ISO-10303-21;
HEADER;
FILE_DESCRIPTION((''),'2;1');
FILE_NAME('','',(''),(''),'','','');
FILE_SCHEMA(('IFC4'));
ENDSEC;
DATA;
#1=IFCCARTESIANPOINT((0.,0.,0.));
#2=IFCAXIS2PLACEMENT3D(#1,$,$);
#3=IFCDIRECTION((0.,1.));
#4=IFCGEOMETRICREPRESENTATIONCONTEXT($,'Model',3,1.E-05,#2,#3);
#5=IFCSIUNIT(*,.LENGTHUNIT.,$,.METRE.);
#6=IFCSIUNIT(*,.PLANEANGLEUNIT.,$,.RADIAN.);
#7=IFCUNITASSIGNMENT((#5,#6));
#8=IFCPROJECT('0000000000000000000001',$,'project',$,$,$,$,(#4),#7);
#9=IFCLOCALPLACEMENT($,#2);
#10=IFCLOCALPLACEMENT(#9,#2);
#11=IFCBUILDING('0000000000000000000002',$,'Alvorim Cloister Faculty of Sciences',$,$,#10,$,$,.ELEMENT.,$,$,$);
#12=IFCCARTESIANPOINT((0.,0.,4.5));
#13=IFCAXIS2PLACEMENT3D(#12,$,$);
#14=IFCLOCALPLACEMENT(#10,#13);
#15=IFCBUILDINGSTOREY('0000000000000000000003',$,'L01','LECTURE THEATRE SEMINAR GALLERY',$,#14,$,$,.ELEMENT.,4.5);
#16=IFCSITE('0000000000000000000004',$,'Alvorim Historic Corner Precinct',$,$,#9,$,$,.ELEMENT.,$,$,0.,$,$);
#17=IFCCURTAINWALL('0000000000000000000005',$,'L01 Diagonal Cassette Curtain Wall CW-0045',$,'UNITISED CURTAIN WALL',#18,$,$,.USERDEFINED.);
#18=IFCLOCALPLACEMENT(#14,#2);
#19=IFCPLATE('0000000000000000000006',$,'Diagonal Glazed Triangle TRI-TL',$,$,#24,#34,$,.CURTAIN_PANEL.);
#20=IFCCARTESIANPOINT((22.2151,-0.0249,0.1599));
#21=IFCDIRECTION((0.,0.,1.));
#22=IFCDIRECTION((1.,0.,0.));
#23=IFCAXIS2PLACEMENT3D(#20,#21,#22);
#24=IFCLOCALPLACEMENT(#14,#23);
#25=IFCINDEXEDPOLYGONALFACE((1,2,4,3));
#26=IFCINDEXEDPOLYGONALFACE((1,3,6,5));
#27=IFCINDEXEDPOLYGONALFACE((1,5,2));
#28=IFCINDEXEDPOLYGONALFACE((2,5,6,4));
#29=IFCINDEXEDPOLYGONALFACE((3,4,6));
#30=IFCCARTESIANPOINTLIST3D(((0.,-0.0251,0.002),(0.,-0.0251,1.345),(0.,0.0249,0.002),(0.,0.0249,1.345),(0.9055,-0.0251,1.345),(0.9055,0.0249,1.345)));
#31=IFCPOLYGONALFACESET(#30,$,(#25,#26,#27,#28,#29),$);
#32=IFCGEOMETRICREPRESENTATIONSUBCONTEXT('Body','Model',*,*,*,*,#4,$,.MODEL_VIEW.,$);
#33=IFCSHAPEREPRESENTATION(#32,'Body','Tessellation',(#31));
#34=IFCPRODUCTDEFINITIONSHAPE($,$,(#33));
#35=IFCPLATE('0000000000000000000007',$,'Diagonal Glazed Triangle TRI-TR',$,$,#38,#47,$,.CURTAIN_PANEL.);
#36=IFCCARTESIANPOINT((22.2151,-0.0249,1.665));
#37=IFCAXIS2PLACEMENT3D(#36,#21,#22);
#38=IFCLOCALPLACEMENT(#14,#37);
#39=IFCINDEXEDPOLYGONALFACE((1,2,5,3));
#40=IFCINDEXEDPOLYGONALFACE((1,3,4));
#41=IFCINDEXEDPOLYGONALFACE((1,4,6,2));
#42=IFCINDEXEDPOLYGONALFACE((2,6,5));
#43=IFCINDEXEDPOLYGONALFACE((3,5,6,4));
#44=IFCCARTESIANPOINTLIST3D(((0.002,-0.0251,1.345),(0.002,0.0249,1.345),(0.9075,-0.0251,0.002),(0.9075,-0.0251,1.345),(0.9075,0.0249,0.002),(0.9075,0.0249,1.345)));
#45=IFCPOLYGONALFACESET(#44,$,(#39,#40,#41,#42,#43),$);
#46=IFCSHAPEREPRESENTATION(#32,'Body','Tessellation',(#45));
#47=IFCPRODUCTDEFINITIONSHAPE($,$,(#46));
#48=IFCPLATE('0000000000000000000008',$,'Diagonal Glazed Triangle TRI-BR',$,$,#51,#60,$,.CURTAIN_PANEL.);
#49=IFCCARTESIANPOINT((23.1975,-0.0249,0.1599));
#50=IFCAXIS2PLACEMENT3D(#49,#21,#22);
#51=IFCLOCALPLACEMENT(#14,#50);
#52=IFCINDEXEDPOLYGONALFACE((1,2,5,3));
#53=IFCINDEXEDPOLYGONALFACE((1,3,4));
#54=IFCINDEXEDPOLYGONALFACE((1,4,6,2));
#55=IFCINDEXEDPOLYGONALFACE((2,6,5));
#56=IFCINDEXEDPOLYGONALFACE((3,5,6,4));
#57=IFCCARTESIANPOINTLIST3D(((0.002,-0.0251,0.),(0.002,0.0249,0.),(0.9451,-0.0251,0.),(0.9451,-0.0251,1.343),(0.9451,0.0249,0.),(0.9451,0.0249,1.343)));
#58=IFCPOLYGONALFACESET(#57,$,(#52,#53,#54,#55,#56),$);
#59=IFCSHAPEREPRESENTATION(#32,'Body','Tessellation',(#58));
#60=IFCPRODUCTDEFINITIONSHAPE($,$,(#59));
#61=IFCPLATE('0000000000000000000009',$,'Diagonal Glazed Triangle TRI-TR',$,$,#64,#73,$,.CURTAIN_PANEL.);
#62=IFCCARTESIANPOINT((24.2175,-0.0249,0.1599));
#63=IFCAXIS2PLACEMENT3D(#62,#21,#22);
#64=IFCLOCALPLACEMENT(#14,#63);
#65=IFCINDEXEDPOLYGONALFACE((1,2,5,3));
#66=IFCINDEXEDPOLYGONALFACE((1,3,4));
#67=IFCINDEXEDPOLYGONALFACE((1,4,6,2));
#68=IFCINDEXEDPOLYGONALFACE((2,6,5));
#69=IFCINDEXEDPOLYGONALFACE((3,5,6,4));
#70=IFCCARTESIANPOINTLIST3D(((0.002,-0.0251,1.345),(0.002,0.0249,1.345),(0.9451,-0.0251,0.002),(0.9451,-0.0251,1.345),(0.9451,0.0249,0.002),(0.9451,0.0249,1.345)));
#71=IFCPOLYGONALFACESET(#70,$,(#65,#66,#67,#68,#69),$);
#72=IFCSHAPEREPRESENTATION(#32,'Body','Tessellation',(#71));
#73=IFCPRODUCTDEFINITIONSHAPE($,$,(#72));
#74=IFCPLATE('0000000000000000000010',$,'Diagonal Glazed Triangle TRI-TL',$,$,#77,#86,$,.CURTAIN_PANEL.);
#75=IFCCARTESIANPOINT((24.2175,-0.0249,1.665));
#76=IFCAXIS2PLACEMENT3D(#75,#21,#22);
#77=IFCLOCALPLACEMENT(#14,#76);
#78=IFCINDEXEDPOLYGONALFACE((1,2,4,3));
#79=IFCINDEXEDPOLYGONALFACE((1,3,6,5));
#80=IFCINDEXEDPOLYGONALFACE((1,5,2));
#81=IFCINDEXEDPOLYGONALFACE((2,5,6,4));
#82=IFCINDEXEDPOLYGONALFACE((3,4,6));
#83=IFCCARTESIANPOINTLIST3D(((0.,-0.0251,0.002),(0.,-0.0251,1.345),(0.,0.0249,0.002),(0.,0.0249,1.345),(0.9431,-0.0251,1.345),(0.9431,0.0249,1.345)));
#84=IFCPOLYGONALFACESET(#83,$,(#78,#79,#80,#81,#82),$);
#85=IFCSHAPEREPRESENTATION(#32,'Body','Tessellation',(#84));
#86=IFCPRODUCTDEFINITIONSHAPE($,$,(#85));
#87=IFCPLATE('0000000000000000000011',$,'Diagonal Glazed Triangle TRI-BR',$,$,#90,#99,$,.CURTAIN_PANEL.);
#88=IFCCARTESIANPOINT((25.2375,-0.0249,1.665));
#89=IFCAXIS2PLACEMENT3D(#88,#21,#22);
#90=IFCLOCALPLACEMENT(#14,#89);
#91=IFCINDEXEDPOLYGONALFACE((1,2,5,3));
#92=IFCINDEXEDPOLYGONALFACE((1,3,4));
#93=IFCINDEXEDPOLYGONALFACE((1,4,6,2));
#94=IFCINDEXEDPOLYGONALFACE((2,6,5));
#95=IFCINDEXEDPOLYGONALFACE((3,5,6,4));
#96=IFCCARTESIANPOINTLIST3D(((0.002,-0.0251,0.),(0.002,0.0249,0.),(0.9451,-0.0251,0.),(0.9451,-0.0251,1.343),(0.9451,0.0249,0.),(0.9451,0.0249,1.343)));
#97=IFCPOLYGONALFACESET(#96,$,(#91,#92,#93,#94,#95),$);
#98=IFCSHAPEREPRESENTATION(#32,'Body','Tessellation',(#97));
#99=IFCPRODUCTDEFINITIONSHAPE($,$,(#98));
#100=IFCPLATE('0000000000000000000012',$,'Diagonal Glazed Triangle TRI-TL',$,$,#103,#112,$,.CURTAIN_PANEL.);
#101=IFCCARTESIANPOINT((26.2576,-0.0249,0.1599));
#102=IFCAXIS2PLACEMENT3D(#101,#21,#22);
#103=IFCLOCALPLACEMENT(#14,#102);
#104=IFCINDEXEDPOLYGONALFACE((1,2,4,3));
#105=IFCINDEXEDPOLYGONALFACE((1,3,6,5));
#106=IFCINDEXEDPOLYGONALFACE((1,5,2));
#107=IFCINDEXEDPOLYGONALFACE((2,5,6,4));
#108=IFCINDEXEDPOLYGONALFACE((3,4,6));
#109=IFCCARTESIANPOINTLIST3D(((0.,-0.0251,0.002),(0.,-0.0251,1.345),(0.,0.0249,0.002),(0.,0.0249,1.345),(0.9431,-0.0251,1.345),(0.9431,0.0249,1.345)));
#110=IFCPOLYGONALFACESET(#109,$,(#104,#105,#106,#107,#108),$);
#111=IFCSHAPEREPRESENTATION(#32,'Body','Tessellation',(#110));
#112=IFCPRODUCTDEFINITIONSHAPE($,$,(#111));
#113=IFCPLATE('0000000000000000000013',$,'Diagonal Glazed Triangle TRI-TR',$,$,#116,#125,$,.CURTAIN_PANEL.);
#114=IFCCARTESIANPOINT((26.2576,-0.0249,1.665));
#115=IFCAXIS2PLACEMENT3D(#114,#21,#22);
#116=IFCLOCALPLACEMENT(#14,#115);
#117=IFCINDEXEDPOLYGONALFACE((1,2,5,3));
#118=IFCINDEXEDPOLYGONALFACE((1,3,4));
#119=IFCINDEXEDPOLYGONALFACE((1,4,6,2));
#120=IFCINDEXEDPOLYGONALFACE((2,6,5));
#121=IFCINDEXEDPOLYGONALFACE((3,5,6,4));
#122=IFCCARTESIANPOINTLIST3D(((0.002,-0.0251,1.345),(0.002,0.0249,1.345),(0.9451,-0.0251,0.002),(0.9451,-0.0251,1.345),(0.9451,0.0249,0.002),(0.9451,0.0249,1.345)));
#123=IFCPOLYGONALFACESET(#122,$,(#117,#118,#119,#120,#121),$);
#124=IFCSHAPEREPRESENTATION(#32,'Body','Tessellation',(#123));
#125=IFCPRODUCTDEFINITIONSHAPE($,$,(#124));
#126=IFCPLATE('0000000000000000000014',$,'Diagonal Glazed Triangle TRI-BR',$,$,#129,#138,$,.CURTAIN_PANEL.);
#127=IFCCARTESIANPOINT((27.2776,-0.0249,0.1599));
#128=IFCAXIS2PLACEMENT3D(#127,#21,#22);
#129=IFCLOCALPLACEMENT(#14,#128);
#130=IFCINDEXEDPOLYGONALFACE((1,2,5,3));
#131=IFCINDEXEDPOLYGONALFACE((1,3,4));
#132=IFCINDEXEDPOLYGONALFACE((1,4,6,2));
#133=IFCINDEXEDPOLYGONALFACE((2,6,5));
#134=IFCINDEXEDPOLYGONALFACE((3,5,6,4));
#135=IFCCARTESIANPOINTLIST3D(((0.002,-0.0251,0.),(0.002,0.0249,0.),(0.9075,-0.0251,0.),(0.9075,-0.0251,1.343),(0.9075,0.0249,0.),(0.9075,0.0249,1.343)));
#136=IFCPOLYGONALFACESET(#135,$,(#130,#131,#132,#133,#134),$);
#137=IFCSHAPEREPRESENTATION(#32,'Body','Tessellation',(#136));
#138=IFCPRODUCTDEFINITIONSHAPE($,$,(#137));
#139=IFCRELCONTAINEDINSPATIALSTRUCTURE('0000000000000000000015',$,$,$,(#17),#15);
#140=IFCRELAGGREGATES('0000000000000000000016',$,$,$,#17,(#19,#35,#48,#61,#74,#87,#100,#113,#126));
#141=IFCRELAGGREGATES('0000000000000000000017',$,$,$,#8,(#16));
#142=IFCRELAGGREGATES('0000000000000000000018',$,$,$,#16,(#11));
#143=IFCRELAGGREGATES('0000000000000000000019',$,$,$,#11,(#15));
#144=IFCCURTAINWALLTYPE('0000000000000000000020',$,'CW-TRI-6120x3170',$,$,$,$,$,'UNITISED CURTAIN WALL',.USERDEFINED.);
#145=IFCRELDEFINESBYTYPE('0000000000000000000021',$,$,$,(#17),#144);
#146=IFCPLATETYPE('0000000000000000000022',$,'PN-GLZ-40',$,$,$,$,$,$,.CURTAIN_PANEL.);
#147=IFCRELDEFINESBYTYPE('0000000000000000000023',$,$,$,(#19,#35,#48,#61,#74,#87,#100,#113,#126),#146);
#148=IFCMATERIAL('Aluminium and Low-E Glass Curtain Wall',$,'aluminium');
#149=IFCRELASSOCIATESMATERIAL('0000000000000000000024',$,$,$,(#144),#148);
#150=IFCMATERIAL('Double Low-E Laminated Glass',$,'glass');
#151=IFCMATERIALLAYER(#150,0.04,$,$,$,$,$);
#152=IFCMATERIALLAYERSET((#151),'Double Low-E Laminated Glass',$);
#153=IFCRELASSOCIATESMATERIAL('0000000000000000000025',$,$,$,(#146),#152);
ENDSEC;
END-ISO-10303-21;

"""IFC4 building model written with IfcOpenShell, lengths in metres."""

from ifc_helpers import new_model, si_unit, direction, frame, origin, place, context, subcontext, project, spatial, polyline, outline, extrude, material, layer, layer_set, type_object, element, aggregate, save


model = new_model("IFC4")

# Units and contexts
model_context = context("Model", 3, precision=1e-05, world=origin(), true_north=direction((0.0, 1.0)))
body_context = subcontext(model_context, "Body", "Model", "MODEL_VIEW")
ifc_project = project(units=[si_unit("LENGTHUNIT", "METRE"), si_unit("PLANEANGLEUNIT", "RADIAN")], contexts=[model_context])

# Site, building, storey
site_placement = place(None, origin())
site = spatial("IfcSite", under=ifc_project, at=site_placement, Name="Alvorim Historic Corner Precinct", CompositionType="ELEMENT", RefElevation=0.0)
building_placement = place(site_placement, origin())
building = spatial("IfcBuilding", under=site, at=building_placement, Name="Alvorim Cloister Faculty of Sciences", CompositionType="ELEMENT")
storey_placement = place(building_placement, frame((0.0, 0.0, 4.5)))
storey = spatial("IfcBuildingStorey", under=building, at=storey_placement, Name="L01", Description="LECTURE THEATRE SEMINAR GALLERY", CompositionType="ELEMENT", Elevation=4.5)

# Curtain wall, plates
ifc_material_1 = material(Name="Aluminium and Low-E Glass Curtain Wall", Category="aluminium")
curtain_wall_type = type_object("IfcCurtainWallType", Name="CW-TRI-6120x3170", ElementType="UNITISED CURTAIN WALL", PredefinedType="USERDEFINED", material=ifc_material_1)
curtain_wall_placement = place(storey_placement, origin())
curtain_wall = element("IfcCurtainWall", 1, at=curtain_wall_placement, inside=storey, type_object=curtain_wall_type, Name="L01 Diagonal Cassette Curtain Wall CW-0045", ObjectType="UNITISED CURTAIN WALL", PredefinedType="USERDEFINED")
ifc_material_2 = material(Name="Double Low-E Laminated Glass", Category="glass")
ifc_layer_1 = layer(ifc_material_2, 0.04)
ifc_layer_set_1 = layer_set([ifc_layer_1], Name="Double Low-E Laminated Glass")
plate_type = type_object("IfcPlateType", Name="PN-GLZ-40", PredefinedType="CURTAIN_PANEL", material=ifc_layer_set_1)
plate_1_placement = place(storey_placement, frame((22.2151, -0.0249, 0.1599), z_axis=(0.0, 0.0, 1.0), x_axis=(1.0, 0.0, 0.0)))
plate_1 = element("IfcPlate", 2, at=plate_1_placement, type_object=plate_type, Name="Diagonal Glazed Triangle TRI-TL", PredefinedType="CURTAIN_PANEL", context=body_context, shape_type="SweptSolid", body=[
    extrude(outline(polyline([(0.9055, 1.345), (0.0, 1.345), (0.0, 0.002), (0.9055, 1.345)])), frame((0.0, 0.0249, 0.0), z_axis=(0.0, -1.0, 0.0), x_axis=(1.0, 0.0, 0.0)), (0.0, 0.0, 1.0), 0.05),
])
plate_2_placement = place(storey_placement, frame((22.2151, -0.0249, 1.665), z_axis=(0.0, 0.0, 1.0), x_axis=(1.0, 0.0, 0.0)))
plate_2 = element("IfcPlate", 3, at=plate_2_placement, type_object=plate_type, Name="Diagonal Glazed Triangle TRI-TR", PredefinedType="CURTAIN_PANEL", context=body_context, shape_type="SweptSolid", body=[
    extrude(outline(polyline([(0.9075, 0.002), (0.9075, 1.345), (0.002, 1.345), (0.9075, 0.002)])), frame((0.0, 0.0249, 0.0), z_axis=(0.0, -1.0, 0.0), x_axis=(1.0, 0.0, 0.0)), (0.0, 0.0, 1.0), 0.05),
])
plate_3_placement = place(storey_placement, frame((23.1975, -0.0249, 0.1599), z_axis=(0.0, 0.0, 1.0), x_axis=(1.0, 0.0, 0.0)))
plate_3 = element("IfcPlate", 4, at=plate_3_placement, type_object=plate_type, Name="Diagonal Glazed Triangle TRI-BR", PredefinedType="CURTAIN_PANEL", context=body_context, shape_type="SweptSolid", body=[
    extrude(outline(polyline([(0.002, 0.0), (0.9451, 0.0), (0.9451, 1.343), (0.002, 0.0)])), frame((0.0, 0.0249, 0.0), z_axis=(0.0, -1.0, 0.0), x_axis=(1.0, 0.0, 0.0)), (0.0, 0.0, 1.0), 0.05),
])
plate_4_placement = place(storey_placement, frame((24.2175, -0.0249, 0.1599), z_axis=(0.0, 0.0, 1.0), x_axis=(1.0, 0.0, 0.0)))
plate_4 = element("IfcPlate", 5, at=plate_4_placement, type_object=plate_type, Name="Diagonal Glazed Triangle TRI-TR", PredefinedType="CURTAIN_PANEL", context=body_context, shape_type="SweptSolid", body=[
    extrude(outline(polyline([(0.9451, 0.002), (0.9451, 1.345), (0.002, 1.345), (0.9451, 0.002)])), frame((0.0, 0.0249, 0.0), z_axis=(0.0, -1.0, 0.0), x_axis=(1.0, 0.0, 0.0)), (0.0, 0.0, 1.0), 0.05),
])
plate_5_placement = place(storey_placement, frame((24.2175, -0.0249, 1.665), z_axis=(0.0, 0.0, 1.0), x_axis=(1.0, 0.0, 0.0)))
plate_5 = element("IfcPlate", 6, at=plate_5_placement, type_object=plate_type, Name="Diagonal Glazed Triangle TRI-TL", PredefinedType="CURTAIN_PANEL", context=body_context, shape_type="SweptSolid", body=[
    extrude(outline(polyline([(0.9431, 1.345), (0.0, 1.345), (0.0, 0.002), (0.9431, 1.345)])), frame((0.0, 0.0249, 0.0), z_axis=(0.0, -1.0, 0.0), x_axis=(1.0, 0.0, 0.0)), (0.0, 0.0, 1.0), 0.05),
])
plate_6_placement = place(storey_placement, frame((25.2375, -0.0249, 1.665), z_axis=(0.0, 0.0, 1.0), x_axis=(1.0, 0.0, 0.0)))
plate_6 = element("IfcPlate", 7, at=plate_6_placement, type_object=plate_type, Name="Diagonal Glazed Triangle TRI-BR", PredefinedType="CURTAIN_PANEL", context=body_context, shape_type="SweptSolid", body=[
    extrude(outline(polyline([(0.002, 0.0), (0.9451, 0.0), (0.9451, 1.343), (0.002, 0.0)])), frame((0.0, 0.0249, 0.0), z_axis=(0.0, -1.0, 0.0), x_axis=(1.0, 0.0, 0.0)), (0.0, 0.0, 1.0), 0.05),
])
plate_7_placement = place(storey_placement, frame((26.2576, -0.0249, 0.1599), z_axis=(0.0, 0.0, 1.0), x_axis=(1.0, 0.0, 0.0)))
plate_7 = element("IfcPlate", 8, at=plate_7_placement, type_object=plate_type, Name="Diagonal Glazed Triangle TRI-TL", PredefinedType="CURTAIN_PANEL", context=body_context, shape_type="SweptSolid", body=[
    extrude(outline(polyline([(0.9431, 1.345), (0.0, 1.345), (0.0, 0.002), (0.9431, 1.345)])), frame((0.0, 0.0249, 0.0), z_axis=(0.0, -1.0, 0.0), x_axis=(1.0, 0.0, 0.0)), (0.0, 0.0, 1.0), 0.05),
])
plate_8_placement = place(storey_placement, frame((26.2576, -0.0249, 1.665), z_axis=(0.0, 0.0, 1.0), x_axis=(1.0, 0.0, 0.0)))
plate_8 = element("IfcPlate", 9, at=plate_8_placement, type_object=plate_type, Name="Diagonal Glazed Triangle TRI-TR", PredefinedType="CURTAIN_PANEL", context=body_context, shape_type="SweptSolid", body=[
    extrude(outline(polyline([(0.9451, 0.002), (0.9451, 1.345), (0.002, 1.345), (0.9451, 0.002)])), frame((0.0, 0.0249, 0.0), z_axis=(0.0, -1.0, 0.0), x_axis=(1.0, 0.0, 0.0)), (0.0, 0.0, 1.0), 0.05),
])
plate_9_placement = place(storey_placement, frame((27.2776, -0.0249, 0.1599), z_axis=(0.0, 0.0, 1.0), x_axis=(1.0, 0.0, 0.0)))
plate_9 = element("IfcPlate", 10, at=plate_9_placement, type_object=plate_type, Name="Diagonal Glazed Triangle TRI-BR", PredefinedType="CURTAIN_PANEL", context=body_context, shape_type="SweptSolid", body=[
    extrude(outline(polyline([(0.002, 0.0), (0.9075, 0.0), (0.9075, 1.343), (0.002, 0.0)])), frame((0.0, 0.0249, 0.0), z_axis=(0.0, -1.0, 0.0), x_axis=(1.0, 0.0, 0.0)), (0.0, 0.0, 1.0), 0.05),
])
aggregate(curtain_wall, [plate_1, plate_2, plate_3, plate_4, plate_5, plate_6, plate_7, plate_8, plate_9])

save(model, "model.ifc")
